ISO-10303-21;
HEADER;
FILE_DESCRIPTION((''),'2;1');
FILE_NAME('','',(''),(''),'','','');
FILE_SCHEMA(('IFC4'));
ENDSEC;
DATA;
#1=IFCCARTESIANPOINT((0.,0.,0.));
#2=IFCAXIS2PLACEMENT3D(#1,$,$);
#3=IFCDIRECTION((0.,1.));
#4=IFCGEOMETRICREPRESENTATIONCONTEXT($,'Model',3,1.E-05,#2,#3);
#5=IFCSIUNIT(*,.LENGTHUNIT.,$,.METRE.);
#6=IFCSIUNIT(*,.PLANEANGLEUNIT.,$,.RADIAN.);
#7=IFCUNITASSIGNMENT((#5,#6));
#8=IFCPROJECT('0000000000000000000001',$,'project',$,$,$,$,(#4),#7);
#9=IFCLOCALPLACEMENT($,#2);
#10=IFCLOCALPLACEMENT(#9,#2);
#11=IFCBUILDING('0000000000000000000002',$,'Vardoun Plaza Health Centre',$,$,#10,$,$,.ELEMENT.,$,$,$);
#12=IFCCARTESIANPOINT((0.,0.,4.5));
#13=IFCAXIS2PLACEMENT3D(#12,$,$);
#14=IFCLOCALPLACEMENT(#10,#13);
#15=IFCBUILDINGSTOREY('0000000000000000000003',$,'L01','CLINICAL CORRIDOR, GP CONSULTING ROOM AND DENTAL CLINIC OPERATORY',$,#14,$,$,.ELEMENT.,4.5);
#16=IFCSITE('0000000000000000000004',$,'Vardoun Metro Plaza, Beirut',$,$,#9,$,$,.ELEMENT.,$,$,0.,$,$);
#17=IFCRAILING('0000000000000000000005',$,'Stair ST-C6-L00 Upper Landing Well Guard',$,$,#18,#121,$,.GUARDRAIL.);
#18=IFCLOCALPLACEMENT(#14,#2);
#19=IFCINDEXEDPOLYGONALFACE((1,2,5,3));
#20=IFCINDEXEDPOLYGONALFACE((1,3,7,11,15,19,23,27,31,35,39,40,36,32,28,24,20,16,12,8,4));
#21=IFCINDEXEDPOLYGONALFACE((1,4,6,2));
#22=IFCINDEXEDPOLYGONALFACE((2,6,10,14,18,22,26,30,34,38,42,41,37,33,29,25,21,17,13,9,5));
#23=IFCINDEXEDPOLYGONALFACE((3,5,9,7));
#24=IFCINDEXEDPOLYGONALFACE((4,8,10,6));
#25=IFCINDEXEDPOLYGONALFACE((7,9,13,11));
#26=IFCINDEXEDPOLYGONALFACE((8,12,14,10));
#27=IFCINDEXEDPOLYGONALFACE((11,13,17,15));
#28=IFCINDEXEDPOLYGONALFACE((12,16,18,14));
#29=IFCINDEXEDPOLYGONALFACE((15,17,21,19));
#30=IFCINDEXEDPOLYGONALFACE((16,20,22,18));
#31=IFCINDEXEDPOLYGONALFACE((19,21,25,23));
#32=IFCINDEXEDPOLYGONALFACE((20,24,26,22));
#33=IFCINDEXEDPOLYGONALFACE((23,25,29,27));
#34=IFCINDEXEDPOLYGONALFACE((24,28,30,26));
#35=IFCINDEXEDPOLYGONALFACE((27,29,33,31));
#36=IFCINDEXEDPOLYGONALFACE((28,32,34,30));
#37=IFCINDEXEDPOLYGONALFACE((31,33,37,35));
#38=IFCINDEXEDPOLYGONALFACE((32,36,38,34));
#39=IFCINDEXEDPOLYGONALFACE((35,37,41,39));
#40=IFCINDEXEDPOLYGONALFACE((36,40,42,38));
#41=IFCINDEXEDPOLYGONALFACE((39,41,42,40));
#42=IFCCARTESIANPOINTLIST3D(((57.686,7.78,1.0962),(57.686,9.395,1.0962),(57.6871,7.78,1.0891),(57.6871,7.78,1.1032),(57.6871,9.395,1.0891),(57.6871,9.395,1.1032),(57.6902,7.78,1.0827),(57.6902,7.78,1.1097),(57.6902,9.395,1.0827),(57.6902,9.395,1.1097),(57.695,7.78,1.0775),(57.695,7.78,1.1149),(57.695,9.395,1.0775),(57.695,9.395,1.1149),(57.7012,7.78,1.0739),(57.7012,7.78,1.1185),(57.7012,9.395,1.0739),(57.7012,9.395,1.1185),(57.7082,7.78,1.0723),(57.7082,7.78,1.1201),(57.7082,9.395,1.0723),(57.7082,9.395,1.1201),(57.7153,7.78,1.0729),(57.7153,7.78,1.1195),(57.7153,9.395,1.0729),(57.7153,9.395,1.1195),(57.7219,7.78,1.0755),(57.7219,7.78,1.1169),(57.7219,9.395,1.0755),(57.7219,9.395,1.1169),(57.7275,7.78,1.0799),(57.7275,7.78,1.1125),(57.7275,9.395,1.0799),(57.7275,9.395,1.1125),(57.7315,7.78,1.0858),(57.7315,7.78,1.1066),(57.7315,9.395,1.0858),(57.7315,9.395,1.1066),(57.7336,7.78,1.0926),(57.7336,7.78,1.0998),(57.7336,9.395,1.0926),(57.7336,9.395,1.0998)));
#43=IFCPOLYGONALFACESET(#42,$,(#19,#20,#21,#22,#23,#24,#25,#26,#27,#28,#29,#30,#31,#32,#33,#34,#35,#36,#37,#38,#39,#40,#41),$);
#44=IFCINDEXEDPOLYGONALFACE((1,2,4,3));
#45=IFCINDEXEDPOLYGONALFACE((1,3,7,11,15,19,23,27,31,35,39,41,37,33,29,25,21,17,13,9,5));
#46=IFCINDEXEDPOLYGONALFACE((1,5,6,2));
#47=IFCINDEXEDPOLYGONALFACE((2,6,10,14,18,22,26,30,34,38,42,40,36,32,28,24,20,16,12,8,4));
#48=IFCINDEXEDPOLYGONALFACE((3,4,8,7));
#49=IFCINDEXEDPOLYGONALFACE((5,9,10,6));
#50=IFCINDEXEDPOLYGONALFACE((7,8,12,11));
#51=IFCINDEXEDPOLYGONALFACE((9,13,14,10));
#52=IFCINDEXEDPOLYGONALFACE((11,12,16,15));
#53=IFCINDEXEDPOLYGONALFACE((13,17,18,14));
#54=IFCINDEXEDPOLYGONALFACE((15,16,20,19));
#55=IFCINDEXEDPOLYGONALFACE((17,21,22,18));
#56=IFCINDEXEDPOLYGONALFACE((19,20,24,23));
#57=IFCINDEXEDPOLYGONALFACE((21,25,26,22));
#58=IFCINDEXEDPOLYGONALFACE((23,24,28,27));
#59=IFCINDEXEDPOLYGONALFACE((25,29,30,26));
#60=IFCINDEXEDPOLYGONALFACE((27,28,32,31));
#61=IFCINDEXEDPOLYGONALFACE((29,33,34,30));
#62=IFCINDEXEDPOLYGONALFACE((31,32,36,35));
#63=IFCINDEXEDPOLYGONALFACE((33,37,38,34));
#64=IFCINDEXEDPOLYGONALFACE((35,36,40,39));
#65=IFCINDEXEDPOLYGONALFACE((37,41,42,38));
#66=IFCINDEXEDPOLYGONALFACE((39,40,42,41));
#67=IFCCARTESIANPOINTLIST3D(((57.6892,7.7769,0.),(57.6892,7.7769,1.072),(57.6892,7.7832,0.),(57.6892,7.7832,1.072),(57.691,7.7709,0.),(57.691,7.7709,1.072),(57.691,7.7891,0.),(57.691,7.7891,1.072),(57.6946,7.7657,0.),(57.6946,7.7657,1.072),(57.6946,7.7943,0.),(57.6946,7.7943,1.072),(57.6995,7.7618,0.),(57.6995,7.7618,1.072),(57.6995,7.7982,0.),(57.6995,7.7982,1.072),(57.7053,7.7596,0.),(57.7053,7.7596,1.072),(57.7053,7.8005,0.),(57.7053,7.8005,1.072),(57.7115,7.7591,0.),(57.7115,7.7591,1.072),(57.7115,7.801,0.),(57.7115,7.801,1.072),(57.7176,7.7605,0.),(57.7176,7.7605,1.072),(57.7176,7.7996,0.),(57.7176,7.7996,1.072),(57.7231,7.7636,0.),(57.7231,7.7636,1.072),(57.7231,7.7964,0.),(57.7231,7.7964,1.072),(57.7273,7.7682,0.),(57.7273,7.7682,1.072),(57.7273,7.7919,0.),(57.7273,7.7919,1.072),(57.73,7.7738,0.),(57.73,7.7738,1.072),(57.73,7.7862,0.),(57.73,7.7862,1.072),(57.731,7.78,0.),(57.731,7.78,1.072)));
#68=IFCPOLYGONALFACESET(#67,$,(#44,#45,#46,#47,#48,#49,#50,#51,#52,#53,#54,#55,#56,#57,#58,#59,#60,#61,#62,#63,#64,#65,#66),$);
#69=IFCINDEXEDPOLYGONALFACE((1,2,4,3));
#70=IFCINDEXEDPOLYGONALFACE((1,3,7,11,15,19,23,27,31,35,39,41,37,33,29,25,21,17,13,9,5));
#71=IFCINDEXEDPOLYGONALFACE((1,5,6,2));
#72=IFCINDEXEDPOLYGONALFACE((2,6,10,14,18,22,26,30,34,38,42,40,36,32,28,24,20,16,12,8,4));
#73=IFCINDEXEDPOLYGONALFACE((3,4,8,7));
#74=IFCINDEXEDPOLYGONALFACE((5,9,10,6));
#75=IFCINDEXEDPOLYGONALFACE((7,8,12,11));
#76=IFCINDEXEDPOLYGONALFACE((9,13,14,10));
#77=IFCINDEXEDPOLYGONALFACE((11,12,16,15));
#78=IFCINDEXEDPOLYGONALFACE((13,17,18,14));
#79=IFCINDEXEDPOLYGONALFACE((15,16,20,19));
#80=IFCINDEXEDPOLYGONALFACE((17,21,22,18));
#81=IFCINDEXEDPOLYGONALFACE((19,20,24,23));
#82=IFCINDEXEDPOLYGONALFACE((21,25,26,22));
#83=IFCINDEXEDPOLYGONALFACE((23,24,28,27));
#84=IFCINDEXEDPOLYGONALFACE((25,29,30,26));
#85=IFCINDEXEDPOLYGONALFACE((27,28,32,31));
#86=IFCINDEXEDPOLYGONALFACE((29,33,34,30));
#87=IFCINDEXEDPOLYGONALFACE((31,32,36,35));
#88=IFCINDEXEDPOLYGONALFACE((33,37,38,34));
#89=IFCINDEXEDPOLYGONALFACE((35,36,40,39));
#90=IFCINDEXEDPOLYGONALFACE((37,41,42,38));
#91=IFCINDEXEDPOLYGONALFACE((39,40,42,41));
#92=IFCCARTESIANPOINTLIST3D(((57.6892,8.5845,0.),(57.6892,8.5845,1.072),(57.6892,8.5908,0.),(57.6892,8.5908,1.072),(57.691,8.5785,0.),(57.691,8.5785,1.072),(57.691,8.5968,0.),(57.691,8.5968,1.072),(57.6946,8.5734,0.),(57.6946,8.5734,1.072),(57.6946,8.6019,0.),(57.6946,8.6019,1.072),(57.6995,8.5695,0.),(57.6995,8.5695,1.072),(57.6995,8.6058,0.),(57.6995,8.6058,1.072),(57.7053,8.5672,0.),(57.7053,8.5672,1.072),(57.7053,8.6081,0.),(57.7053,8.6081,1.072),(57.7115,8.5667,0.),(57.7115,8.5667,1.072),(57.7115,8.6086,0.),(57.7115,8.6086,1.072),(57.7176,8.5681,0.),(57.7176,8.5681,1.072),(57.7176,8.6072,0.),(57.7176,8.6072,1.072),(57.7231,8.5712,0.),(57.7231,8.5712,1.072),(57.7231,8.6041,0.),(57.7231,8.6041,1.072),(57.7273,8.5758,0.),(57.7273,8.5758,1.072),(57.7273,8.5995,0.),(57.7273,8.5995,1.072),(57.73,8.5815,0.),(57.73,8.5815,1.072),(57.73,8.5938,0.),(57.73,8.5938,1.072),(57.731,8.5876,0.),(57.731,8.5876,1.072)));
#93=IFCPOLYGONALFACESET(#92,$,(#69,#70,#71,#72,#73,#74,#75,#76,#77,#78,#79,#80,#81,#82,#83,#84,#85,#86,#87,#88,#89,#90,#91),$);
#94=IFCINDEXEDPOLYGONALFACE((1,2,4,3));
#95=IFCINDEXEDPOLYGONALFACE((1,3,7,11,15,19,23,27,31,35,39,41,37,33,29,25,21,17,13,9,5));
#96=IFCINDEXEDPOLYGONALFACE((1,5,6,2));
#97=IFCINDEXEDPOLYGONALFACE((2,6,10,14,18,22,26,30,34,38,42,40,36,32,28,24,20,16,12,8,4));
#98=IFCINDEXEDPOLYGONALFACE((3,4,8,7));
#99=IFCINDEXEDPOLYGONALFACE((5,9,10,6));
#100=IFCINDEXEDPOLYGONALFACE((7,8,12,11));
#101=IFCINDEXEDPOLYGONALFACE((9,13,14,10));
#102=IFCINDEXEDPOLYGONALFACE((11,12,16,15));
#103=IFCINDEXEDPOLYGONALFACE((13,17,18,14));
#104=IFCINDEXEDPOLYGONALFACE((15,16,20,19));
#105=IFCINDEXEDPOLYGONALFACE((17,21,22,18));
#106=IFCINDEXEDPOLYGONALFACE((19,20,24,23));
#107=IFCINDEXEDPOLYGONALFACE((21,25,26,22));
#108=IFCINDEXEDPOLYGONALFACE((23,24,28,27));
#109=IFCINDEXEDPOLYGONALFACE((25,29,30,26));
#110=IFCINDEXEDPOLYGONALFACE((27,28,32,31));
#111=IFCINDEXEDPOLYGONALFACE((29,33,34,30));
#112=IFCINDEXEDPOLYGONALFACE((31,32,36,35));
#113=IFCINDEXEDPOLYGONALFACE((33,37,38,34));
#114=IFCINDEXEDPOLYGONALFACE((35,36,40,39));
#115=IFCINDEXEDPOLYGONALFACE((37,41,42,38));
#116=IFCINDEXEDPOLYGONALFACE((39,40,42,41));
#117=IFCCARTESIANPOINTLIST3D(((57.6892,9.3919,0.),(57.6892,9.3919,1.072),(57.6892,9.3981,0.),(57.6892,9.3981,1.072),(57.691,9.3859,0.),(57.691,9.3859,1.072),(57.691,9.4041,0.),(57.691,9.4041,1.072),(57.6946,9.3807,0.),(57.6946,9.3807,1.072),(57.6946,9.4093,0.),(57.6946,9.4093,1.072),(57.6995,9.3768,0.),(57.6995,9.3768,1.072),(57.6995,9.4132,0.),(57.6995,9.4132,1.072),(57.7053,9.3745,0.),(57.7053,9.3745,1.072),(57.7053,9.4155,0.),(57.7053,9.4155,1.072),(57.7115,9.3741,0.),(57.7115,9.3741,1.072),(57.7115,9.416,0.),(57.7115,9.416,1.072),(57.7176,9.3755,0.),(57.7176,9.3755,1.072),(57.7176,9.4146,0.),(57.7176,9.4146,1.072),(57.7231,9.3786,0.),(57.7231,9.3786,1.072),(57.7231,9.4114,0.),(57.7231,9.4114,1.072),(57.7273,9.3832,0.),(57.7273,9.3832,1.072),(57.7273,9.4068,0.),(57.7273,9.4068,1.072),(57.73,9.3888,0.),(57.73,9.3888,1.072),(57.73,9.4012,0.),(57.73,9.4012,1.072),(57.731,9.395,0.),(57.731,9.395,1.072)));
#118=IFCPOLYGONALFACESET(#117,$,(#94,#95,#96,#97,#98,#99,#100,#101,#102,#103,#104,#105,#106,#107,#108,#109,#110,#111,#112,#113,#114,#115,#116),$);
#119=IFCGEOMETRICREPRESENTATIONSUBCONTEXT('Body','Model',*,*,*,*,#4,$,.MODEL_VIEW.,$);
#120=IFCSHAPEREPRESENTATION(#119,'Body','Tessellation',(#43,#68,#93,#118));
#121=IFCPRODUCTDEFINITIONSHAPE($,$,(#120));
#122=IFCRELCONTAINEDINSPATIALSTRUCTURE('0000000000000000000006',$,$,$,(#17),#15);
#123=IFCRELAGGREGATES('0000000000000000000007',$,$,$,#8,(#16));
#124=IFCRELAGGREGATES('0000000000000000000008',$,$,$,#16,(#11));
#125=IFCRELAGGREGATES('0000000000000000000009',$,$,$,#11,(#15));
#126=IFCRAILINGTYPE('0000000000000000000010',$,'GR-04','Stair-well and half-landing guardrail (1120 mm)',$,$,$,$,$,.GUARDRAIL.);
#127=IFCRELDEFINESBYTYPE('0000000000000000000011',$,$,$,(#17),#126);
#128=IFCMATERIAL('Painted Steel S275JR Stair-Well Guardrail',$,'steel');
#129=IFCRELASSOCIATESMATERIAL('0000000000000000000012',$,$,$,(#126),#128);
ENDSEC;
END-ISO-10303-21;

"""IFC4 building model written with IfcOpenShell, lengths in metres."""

from ifc_helpers import new_model, si_unit, direction, frame, origin, origin_2d, place, context, subcontext, project, spatial, circle, extrude, material, type_object, element, save


model = new_model("IFC4")

# Units and contexts
model_context = context("Model", 3, precision=1e-05, world=origin(), true_north=direction((0.0, 1.0)))
body_context = subcontext(model_context, "Body", "Model", "MODEL_VIEW")
ifc_project = project(units=[si_unit("LENGTHUNIT", "METRE"), si_unit("PLANEANGLEUNIT", "RADIAN")], contexts=[model_context])

# Site, building, storey
site_placement = place(None, origin())
site = spatial("IfcSite", under=ifc_project, at=site_placement, Name="Vardoun Metro Plaza, Beirut", CompositionType="ELEMENT", RefElevation=0.0)
building_placement = place(site_placement, origin())
building = spatial("IfcBuilding", under=site, at=building_placement, Name="Vardoun Plaza Health Centre", CompositionType="ELEMENT")
storey_placement = place(building_placement, frame((0.0, 0.0, 4.5)))
storey = spatial("IfcBuildingStorey", under=building, at=storey_placement, Name="L01", Description="CLINICAL CORRIDOR, GP CONSULTING ROOM AND DENTAL CLINIC OPERATORY", CompositionType="ELEMENT", Elevation=4.5)

# Railing
ifc_material_1 = material(Name="Painted Steel S275JR Stair-Well Guardrail", Category="steel")
railing_type = type_object("IfcRailingType", Name="GR-04", Description="Stair-well and half-landing guardrail (1120 mm)", PredefinedType="GUARDRAIL", material=ifc_material_1)
railing_placement = place(storey_placement, frame((57.71, 7.78, 0.0)))
element("IfcRailing", 1, at=railing_placement, inside=storey, type_object=railing_type, Name="Stair ST-C6-L00 Upper Landing Well Guard", PredefinedType="GUARDRAIL", context=body_context, shape_type="SweptSolid", body=[
    extrude(circle(Radius=0.0239, at=origin_2d()), frame((0.0, 0.0, 1.0962), z_axis=(0.0, 1.0, 0.0), x_axis=(-1.0, 0.0, 0.0)), (0.0, 0.0, 1.0), 1.615),
    extrude(circle(Radius=0.021, at=origin_2d()), origin(), (0.0, 0.0, 1.0), 1.072),
    extrude(circle(Radius=0.021, at=origin_2d()), frame((0.0, 0.8076, 0.0)), (0.0, 0.0, 1.0), 1.072),
    extrude(circle(Radius=0.021, at=origin_2d()), frame((0.0, 1.615, 0.0)), (0.0, 0.0, 1.0), 1.072),
])

save(model, "model.ifc")
